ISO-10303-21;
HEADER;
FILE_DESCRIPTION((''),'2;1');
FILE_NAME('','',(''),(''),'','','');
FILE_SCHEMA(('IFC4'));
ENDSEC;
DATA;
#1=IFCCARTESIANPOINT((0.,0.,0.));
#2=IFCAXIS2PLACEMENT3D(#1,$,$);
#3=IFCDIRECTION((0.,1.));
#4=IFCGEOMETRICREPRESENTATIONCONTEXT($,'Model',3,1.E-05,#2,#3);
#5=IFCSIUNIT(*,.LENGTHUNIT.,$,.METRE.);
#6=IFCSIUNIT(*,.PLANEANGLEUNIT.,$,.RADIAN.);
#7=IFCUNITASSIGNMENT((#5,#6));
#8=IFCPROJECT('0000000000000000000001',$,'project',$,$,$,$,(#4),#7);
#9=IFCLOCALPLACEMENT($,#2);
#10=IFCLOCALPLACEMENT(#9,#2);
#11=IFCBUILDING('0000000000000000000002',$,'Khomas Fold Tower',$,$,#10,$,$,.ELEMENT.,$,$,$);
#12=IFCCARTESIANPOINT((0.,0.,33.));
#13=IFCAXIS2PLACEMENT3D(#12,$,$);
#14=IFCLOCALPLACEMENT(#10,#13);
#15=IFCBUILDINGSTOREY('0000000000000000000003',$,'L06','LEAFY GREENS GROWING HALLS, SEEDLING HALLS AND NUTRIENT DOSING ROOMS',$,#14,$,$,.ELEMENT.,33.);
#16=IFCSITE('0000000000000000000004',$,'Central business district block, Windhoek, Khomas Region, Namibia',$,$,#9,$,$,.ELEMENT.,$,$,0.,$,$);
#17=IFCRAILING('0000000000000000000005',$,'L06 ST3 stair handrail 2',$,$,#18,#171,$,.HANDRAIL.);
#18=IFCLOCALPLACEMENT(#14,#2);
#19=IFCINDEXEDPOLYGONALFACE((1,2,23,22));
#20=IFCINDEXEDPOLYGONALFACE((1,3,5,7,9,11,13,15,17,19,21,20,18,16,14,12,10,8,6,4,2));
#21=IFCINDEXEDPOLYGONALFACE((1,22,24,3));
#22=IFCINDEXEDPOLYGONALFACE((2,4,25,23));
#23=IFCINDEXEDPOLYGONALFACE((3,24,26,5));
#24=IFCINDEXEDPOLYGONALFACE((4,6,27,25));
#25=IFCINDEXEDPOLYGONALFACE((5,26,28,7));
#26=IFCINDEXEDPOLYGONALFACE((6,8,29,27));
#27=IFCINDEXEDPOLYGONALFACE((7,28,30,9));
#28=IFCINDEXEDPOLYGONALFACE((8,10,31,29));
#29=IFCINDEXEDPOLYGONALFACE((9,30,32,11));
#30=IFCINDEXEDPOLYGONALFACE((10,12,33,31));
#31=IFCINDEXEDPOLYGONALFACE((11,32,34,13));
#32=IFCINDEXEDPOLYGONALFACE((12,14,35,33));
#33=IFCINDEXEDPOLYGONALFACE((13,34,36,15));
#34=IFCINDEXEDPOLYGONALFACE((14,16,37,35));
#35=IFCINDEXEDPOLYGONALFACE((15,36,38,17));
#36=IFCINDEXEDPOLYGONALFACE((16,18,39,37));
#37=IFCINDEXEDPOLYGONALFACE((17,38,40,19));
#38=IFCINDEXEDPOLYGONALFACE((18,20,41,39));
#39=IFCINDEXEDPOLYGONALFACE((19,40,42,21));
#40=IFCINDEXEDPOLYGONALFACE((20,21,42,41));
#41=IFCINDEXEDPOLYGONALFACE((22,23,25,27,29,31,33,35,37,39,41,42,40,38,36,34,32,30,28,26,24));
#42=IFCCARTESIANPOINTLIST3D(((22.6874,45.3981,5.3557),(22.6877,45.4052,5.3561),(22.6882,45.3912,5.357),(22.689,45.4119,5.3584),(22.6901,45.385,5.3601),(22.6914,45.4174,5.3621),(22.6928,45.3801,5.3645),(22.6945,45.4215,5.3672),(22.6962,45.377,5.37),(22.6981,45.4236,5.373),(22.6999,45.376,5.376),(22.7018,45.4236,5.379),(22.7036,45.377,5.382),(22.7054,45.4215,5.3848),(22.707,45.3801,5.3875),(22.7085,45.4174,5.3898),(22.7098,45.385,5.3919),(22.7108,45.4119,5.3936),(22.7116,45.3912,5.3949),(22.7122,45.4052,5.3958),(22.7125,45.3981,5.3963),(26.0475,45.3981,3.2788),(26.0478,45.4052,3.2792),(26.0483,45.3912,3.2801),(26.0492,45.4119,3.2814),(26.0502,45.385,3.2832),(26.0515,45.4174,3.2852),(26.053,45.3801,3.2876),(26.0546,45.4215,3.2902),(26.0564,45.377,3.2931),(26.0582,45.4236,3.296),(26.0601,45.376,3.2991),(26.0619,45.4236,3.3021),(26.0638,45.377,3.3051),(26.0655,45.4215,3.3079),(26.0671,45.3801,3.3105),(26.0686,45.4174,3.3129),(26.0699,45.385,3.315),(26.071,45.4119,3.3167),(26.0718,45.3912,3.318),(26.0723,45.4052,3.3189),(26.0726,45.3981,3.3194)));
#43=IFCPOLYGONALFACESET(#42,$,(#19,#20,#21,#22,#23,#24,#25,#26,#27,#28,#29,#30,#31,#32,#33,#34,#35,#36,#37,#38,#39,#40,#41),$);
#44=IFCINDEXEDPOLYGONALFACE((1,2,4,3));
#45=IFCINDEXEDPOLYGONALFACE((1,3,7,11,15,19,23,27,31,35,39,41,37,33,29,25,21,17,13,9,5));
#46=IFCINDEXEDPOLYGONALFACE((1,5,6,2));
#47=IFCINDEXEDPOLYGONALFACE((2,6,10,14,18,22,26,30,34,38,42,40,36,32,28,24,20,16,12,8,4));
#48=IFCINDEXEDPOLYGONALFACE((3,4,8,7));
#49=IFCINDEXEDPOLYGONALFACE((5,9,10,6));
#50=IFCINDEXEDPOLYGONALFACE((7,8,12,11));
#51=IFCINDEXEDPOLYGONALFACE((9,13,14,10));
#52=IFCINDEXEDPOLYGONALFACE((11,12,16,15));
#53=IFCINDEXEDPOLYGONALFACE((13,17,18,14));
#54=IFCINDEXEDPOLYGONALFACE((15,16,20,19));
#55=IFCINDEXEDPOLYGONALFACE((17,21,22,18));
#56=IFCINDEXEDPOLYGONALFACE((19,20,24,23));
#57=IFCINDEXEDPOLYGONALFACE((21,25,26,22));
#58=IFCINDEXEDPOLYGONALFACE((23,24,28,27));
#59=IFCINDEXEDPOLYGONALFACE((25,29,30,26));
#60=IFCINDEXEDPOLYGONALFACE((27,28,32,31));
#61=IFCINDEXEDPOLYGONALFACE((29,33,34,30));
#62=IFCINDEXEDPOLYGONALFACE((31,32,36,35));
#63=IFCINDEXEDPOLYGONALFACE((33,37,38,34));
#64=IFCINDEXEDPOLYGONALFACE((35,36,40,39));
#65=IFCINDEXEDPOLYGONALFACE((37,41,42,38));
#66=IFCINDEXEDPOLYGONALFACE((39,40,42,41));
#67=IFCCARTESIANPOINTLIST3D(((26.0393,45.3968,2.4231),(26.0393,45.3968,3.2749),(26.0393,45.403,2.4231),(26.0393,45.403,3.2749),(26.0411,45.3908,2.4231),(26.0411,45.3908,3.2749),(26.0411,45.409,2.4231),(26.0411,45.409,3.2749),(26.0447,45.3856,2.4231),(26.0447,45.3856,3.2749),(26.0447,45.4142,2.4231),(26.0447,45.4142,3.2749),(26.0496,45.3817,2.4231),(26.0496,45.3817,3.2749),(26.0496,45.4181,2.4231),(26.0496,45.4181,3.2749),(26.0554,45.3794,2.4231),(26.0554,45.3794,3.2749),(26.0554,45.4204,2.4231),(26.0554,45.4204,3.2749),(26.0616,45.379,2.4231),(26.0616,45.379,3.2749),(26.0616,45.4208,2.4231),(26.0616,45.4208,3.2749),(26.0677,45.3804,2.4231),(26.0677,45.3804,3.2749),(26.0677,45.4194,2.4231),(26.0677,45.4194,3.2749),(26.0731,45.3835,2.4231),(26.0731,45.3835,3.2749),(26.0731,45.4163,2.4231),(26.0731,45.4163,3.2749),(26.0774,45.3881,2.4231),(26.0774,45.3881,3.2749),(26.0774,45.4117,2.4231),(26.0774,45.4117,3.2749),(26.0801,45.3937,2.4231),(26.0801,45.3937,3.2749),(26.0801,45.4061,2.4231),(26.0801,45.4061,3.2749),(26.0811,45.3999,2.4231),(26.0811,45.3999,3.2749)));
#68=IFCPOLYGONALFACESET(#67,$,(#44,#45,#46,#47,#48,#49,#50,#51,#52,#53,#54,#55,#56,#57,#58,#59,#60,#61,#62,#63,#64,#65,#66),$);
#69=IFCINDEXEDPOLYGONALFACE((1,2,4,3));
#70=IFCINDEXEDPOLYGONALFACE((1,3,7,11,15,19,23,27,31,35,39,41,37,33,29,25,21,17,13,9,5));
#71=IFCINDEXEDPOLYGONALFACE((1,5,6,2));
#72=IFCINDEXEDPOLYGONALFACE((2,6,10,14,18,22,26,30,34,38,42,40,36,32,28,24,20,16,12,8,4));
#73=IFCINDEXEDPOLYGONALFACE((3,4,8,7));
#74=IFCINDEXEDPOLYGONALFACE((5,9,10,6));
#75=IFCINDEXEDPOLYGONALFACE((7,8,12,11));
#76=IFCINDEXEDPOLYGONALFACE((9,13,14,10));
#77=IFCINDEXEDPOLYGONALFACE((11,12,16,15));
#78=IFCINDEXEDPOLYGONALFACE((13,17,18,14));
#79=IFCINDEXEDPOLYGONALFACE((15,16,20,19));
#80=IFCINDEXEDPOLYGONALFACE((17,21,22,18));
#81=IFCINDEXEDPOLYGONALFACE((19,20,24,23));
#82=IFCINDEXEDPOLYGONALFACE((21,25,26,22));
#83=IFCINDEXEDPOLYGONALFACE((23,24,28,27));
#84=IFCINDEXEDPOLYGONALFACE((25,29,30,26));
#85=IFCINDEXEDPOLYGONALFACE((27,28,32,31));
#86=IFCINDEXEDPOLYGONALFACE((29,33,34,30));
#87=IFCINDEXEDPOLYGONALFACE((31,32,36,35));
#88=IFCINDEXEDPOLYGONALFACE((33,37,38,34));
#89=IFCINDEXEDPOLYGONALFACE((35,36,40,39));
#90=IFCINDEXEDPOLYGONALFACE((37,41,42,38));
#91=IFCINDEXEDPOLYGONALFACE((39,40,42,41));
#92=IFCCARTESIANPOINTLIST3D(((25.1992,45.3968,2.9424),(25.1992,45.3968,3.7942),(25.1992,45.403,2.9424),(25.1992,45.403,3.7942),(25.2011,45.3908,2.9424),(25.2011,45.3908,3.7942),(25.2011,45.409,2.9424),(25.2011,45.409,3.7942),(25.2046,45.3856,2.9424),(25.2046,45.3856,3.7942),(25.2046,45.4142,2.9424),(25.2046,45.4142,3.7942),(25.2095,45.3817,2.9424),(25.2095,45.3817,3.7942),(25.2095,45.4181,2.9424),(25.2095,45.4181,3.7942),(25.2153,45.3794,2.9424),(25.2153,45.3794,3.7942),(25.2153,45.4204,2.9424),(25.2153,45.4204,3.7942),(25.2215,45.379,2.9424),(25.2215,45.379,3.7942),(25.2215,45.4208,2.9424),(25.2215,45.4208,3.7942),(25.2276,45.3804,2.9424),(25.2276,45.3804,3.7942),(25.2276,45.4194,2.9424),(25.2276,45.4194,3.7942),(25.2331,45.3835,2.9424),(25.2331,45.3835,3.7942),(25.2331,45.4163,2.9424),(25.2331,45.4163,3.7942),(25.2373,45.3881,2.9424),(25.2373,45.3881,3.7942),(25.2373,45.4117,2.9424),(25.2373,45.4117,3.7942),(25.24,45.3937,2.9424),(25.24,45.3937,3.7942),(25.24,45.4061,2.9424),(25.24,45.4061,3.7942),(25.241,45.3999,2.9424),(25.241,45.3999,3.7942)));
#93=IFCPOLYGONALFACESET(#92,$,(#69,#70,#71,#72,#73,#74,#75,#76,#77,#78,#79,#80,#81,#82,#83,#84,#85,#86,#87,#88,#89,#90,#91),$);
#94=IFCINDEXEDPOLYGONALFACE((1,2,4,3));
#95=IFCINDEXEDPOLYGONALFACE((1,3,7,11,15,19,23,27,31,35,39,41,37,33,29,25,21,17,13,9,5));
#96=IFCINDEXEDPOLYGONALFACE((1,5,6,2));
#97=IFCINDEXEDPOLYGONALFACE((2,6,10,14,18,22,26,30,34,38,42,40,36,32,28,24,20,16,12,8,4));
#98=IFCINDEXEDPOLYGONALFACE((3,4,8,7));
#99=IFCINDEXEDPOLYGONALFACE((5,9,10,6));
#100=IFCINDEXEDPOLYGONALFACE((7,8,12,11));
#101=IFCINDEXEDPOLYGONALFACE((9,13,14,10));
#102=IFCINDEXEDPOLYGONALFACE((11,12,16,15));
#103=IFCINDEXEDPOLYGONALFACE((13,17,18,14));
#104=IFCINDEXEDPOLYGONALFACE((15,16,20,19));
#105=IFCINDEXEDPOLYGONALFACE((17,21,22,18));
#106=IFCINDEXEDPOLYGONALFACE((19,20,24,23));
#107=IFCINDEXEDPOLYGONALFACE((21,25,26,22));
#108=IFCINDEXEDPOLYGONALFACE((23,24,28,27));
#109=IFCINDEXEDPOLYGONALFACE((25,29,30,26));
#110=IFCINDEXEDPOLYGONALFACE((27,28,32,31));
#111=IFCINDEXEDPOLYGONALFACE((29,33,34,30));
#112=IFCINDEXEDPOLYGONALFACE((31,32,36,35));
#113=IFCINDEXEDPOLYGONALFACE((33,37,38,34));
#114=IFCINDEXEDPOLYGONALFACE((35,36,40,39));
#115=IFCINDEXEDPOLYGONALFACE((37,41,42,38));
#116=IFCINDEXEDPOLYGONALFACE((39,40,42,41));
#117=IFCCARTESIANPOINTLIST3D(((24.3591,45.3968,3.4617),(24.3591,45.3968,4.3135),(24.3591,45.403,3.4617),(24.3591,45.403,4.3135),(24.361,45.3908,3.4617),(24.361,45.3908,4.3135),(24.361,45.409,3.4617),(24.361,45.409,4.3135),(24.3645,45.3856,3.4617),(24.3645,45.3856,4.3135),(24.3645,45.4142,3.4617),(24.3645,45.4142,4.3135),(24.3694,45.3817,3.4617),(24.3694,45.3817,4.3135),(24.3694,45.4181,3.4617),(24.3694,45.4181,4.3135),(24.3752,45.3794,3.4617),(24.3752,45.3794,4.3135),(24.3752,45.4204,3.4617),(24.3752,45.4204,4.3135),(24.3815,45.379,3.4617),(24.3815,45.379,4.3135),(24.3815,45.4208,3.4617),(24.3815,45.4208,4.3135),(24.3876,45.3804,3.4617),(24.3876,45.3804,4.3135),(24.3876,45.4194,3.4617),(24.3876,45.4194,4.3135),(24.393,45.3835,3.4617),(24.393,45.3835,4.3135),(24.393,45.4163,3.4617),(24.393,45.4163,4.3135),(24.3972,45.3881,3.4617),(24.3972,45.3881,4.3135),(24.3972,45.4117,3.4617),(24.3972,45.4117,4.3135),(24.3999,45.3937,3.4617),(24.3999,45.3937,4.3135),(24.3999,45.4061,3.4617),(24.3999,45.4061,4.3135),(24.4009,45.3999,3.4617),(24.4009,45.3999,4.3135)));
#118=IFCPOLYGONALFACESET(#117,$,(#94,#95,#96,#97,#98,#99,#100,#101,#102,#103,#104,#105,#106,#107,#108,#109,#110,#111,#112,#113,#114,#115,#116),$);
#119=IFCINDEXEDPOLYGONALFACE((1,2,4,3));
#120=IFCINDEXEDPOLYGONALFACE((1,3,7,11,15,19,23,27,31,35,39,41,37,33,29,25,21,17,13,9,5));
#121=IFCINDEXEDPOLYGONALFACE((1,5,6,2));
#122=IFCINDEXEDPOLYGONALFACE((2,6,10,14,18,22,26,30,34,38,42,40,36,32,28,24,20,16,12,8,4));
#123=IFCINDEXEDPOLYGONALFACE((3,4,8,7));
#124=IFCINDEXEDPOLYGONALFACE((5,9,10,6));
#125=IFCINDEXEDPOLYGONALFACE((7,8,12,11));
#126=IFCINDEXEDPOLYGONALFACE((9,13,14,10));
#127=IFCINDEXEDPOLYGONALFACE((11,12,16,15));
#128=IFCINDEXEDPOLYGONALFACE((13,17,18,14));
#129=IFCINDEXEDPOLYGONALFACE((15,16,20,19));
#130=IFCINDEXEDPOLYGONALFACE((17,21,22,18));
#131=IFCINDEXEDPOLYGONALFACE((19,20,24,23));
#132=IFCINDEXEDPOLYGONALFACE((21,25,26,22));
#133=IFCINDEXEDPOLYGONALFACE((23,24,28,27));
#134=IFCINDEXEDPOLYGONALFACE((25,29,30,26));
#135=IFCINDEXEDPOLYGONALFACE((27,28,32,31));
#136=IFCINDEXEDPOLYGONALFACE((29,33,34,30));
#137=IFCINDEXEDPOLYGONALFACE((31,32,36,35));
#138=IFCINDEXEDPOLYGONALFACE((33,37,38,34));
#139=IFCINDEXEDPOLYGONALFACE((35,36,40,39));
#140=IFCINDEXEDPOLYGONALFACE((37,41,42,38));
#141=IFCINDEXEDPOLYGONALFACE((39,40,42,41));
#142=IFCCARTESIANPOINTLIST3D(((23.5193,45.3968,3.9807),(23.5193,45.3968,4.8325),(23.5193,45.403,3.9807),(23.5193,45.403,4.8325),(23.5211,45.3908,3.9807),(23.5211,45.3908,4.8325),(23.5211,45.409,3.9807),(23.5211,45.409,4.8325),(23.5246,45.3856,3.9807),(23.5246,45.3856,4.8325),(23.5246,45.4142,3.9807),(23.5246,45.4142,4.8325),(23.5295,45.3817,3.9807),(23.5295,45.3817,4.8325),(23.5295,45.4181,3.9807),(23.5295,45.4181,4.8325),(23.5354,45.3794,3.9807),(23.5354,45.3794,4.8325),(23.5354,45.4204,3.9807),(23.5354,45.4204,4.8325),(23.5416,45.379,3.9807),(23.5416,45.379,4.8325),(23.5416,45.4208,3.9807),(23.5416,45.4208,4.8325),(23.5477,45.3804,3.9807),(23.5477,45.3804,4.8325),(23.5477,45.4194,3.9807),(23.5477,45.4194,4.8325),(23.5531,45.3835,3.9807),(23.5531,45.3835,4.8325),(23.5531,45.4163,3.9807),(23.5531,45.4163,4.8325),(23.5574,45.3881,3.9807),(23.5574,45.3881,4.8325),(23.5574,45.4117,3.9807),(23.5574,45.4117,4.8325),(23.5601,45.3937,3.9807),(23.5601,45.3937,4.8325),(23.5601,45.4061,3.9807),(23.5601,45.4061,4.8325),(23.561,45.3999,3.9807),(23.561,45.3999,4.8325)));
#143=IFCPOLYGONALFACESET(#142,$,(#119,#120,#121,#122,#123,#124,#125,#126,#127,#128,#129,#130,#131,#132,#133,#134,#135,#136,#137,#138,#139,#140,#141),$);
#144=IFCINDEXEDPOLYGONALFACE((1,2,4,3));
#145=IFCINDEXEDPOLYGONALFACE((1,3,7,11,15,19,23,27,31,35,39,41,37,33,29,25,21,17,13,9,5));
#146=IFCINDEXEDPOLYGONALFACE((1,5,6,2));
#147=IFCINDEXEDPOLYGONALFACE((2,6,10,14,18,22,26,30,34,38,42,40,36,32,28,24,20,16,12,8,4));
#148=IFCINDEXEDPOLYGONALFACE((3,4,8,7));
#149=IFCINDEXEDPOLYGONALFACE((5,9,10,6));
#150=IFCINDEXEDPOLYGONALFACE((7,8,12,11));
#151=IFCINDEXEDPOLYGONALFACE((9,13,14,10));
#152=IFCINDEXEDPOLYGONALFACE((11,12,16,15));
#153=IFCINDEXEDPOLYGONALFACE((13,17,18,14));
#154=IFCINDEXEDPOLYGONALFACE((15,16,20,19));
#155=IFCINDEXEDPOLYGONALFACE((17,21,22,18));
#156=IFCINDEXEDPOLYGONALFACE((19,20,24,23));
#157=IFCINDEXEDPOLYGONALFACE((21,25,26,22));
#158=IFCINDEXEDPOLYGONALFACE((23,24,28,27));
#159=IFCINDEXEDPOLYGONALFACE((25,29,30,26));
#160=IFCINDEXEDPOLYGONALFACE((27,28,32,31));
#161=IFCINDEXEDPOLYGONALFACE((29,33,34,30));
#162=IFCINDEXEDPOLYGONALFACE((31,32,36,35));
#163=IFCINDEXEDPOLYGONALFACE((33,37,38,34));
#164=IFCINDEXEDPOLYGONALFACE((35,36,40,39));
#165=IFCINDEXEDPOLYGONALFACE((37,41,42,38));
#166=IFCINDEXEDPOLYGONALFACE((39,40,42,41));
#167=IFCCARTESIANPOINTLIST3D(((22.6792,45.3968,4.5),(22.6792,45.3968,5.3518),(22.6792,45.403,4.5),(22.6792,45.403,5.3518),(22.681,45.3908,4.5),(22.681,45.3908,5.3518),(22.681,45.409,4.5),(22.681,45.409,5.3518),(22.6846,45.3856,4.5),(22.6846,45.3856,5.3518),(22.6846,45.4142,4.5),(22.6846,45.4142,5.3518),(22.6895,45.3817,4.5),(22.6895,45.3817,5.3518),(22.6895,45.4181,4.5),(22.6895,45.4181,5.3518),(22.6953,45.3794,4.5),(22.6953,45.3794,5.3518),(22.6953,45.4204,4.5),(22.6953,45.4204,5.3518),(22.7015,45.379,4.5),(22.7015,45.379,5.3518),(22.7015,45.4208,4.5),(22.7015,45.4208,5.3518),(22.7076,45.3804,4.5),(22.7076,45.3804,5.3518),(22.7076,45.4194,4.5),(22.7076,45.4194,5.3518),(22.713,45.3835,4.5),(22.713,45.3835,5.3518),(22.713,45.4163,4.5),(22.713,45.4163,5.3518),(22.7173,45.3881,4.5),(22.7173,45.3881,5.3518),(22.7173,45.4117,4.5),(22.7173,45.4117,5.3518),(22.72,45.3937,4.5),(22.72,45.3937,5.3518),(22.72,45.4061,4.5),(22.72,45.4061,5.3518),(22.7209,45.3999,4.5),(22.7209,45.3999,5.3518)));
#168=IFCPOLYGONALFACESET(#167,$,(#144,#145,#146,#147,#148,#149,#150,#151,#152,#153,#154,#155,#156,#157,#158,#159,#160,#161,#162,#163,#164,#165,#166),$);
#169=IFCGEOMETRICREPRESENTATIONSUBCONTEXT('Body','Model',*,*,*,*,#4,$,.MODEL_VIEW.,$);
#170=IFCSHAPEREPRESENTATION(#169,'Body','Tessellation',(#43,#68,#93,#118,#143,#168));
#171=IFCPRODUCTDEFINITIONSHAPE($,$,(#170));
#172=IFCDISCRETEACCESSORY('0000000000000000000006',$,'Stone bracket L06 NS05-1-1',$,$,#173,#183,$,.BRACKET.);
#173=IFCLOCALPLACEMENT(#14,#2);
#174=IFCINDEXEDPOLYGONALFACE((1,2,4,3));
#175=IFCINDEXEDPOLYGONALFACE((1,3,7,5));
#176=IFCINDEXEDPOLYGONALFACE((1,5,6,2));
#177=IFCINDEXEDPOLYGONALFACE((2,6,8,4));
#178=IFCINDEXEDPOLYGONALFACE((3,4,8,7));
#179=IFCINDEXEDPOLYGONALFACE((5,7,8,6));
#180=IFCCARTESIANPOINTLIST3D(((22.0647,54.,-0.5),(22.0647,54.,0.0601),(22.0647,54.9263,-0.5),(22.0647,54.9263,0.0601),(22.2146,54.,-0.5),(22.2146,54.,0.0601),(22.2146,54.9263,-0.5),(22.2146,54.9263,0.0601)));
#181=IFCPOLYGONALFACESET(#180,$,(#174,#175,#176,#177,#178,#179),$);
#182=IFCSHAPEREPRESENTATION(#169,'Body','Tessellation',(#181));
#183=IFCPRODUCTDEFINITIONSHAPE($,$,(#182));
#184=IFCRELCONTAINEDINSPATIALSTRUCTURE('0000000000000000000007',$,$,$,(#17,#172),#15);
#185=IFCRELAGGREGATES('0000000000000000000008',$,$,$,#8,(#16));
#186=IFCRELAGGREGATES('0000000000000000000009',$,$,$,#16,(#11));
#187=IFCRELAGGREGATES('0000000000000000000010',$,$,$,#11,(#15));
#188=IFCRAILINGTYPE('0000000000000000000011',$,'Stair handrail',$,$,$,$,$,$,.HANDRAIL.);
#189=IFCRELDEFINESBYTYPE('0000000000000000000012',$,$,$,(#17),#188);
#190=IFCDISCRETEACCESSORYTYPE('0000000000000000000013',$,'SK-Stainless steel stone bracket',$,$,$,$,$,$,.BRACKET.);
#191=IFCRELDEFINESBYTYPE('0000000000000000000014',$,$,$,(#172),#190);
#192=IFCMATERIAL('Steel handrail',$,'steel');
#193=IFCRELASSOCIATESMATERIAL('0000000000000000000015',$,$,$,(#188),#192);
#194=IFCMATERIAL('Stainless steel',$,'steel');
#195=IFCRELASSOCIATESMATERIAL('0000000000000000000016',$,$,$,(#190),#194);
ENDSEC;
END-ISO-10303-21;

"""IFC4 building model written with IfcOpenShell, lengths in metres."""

from ifc_helpers import new_model, si_unit, direction, frame, origin, origin_2d, place, context, subcontext, project, spatial, rectangle, circle, extrude, source, transform, mapped, material, type_object, element, save


model = new_model("IFC4")

# Units and contexts
model_context = context("Model", 3, precision=1e-05, world=origin(), true_north=direction((0.0, 1.0)))
body_context = subcontext(model_context, "Body", "Model", "MODEL_VIEW")
ifc_project = project(units=[si_unit("LENGTHUNIT", "METRE"), si_unit("PLANEANGLEUNIT", "RADIAN")], contexts=[model_context])

# Site, building, storey
site_placement = place(None, origin())
site = spatial("IfcSite", under=ifc_project, at=site_placement, Name="Central business district block, Windhoek, Khomas Region, Namibia", CompositionType="ELEMENT", RefElevation=0.0)
building_placement = place(site_placement, origin())
building = spatial("IfcBuilding", under=site, at=building_placement, Name="Khomas Fold Tower", CompositionType="ELEMENT")
storey_placement = place(building_placement, frame((0.0, 0.0, 33.0)))
storey = spatial("IfcBuildingStorey", under=building, at=storey_placement, Name="L06", Description="LEAFY GREENS GROWING HALLS, SEEDLING HALLS AND NUTRIENT DOSING ROOMS", CompositionType="ELEMENT", Elevation=33.0)

# Railing
ifc_material_1 = material(Name="Steel handrail", Category="steel")
railing_type = type_object("IfcRailingType", Name="Stair handrail", PredefinedType="HANDRAIL", material=ifc_material_1)
shared_shape_1 = source(origin(), body_context, "Body", "SweptSolid", [
    extrude(circle(Radius=0.0239, at=origin_2d()), frame((0.0, 0.0, 0.876), z_axis=(-0.850623, 0.0, 0.525776), x_axis=(0.0, -1.0, 0.0)), (0.0, 0.0, 1.0), 3.9502),
    extrude(circle(Radius=0.021, at=origin_2d()), origin(), (0.0, 0.0, 1.0), 0.8518),
    extrude(circle(Radius=0.021, at=origin_2d()), frame((-0.8401, 0.0, 0.5193)), (0.0, 0.0, 1.0), 0.8518),
    extrude(circle(Radius=0.021, at=origin_2d()), frame((-1.6802, 0.0, 1.0386)), (0.0, 0.0, 1.0), 0.8518),
    extrude(circle(Radius=0.021, at=origin_2d()), frame((-2.52, 0.0, 1.5576)), (0.0, 0.0, 1.0), 0.8518),
    extrude(circle(Radius=0.021, at=origin_2d()), frame((-3.3601, 0.0, 2.0769)), (0.0, 0.0, 1.0), 0.8518),
])
railing_1_placement = place(storey_placement, frame((26.0601, 45.3999, 2.4231)))
element("IfcRailing", 1, at=railing_1_placement, inside=storey, type_object=railing_type, Name="L06 ST3 stair handrail 2", PredefinedType="HANDRAIL", context=body_context, shape_type="MappedRepresentation", body=[
    mapped(shared_shape_1, transform((0.0, 0.0, 0.0))),
])

# Discrete accessory
ifc_material_2 = material(Name="Stainless steel", Category="steel")
discrete_accessory_type = type_object("IfcDiscreteAccessoryType", Name="SK-Stainless steel stone bracket", PredefinedType="BRACKET", material=ifc_material_2)
shared_shape_2 = source(origin(), body_context, "Body", "SweptSolid", [
    extrude(rectangle(XDim=0.9263, YDim=0.1499, at=origin_2d()), origin(), (0.0, 0.0, 1.0), 0.5601),
])
discrete_accessory_placement = place(storey_placement, frame((22.1396, 54.4631, -0.5), z_axis=(0.0, 0.0, 1.0), x_axis=(0.0, 1.0, 0.0)))
element("IfcDiscreteAccessory", 2, at=discrete_accessory_placement, inside=storey, type_object=discrete_accessory_type, Name="Stone bracket L06 NS05-1-1", PredefinedType="BRACKET", context=body_context, shape_type="MappedRepresentation", body=[
    mapped(shared_shape_2, transform((0.0, 0.0, 0.0))),
])

save(model, "model.ifc")
